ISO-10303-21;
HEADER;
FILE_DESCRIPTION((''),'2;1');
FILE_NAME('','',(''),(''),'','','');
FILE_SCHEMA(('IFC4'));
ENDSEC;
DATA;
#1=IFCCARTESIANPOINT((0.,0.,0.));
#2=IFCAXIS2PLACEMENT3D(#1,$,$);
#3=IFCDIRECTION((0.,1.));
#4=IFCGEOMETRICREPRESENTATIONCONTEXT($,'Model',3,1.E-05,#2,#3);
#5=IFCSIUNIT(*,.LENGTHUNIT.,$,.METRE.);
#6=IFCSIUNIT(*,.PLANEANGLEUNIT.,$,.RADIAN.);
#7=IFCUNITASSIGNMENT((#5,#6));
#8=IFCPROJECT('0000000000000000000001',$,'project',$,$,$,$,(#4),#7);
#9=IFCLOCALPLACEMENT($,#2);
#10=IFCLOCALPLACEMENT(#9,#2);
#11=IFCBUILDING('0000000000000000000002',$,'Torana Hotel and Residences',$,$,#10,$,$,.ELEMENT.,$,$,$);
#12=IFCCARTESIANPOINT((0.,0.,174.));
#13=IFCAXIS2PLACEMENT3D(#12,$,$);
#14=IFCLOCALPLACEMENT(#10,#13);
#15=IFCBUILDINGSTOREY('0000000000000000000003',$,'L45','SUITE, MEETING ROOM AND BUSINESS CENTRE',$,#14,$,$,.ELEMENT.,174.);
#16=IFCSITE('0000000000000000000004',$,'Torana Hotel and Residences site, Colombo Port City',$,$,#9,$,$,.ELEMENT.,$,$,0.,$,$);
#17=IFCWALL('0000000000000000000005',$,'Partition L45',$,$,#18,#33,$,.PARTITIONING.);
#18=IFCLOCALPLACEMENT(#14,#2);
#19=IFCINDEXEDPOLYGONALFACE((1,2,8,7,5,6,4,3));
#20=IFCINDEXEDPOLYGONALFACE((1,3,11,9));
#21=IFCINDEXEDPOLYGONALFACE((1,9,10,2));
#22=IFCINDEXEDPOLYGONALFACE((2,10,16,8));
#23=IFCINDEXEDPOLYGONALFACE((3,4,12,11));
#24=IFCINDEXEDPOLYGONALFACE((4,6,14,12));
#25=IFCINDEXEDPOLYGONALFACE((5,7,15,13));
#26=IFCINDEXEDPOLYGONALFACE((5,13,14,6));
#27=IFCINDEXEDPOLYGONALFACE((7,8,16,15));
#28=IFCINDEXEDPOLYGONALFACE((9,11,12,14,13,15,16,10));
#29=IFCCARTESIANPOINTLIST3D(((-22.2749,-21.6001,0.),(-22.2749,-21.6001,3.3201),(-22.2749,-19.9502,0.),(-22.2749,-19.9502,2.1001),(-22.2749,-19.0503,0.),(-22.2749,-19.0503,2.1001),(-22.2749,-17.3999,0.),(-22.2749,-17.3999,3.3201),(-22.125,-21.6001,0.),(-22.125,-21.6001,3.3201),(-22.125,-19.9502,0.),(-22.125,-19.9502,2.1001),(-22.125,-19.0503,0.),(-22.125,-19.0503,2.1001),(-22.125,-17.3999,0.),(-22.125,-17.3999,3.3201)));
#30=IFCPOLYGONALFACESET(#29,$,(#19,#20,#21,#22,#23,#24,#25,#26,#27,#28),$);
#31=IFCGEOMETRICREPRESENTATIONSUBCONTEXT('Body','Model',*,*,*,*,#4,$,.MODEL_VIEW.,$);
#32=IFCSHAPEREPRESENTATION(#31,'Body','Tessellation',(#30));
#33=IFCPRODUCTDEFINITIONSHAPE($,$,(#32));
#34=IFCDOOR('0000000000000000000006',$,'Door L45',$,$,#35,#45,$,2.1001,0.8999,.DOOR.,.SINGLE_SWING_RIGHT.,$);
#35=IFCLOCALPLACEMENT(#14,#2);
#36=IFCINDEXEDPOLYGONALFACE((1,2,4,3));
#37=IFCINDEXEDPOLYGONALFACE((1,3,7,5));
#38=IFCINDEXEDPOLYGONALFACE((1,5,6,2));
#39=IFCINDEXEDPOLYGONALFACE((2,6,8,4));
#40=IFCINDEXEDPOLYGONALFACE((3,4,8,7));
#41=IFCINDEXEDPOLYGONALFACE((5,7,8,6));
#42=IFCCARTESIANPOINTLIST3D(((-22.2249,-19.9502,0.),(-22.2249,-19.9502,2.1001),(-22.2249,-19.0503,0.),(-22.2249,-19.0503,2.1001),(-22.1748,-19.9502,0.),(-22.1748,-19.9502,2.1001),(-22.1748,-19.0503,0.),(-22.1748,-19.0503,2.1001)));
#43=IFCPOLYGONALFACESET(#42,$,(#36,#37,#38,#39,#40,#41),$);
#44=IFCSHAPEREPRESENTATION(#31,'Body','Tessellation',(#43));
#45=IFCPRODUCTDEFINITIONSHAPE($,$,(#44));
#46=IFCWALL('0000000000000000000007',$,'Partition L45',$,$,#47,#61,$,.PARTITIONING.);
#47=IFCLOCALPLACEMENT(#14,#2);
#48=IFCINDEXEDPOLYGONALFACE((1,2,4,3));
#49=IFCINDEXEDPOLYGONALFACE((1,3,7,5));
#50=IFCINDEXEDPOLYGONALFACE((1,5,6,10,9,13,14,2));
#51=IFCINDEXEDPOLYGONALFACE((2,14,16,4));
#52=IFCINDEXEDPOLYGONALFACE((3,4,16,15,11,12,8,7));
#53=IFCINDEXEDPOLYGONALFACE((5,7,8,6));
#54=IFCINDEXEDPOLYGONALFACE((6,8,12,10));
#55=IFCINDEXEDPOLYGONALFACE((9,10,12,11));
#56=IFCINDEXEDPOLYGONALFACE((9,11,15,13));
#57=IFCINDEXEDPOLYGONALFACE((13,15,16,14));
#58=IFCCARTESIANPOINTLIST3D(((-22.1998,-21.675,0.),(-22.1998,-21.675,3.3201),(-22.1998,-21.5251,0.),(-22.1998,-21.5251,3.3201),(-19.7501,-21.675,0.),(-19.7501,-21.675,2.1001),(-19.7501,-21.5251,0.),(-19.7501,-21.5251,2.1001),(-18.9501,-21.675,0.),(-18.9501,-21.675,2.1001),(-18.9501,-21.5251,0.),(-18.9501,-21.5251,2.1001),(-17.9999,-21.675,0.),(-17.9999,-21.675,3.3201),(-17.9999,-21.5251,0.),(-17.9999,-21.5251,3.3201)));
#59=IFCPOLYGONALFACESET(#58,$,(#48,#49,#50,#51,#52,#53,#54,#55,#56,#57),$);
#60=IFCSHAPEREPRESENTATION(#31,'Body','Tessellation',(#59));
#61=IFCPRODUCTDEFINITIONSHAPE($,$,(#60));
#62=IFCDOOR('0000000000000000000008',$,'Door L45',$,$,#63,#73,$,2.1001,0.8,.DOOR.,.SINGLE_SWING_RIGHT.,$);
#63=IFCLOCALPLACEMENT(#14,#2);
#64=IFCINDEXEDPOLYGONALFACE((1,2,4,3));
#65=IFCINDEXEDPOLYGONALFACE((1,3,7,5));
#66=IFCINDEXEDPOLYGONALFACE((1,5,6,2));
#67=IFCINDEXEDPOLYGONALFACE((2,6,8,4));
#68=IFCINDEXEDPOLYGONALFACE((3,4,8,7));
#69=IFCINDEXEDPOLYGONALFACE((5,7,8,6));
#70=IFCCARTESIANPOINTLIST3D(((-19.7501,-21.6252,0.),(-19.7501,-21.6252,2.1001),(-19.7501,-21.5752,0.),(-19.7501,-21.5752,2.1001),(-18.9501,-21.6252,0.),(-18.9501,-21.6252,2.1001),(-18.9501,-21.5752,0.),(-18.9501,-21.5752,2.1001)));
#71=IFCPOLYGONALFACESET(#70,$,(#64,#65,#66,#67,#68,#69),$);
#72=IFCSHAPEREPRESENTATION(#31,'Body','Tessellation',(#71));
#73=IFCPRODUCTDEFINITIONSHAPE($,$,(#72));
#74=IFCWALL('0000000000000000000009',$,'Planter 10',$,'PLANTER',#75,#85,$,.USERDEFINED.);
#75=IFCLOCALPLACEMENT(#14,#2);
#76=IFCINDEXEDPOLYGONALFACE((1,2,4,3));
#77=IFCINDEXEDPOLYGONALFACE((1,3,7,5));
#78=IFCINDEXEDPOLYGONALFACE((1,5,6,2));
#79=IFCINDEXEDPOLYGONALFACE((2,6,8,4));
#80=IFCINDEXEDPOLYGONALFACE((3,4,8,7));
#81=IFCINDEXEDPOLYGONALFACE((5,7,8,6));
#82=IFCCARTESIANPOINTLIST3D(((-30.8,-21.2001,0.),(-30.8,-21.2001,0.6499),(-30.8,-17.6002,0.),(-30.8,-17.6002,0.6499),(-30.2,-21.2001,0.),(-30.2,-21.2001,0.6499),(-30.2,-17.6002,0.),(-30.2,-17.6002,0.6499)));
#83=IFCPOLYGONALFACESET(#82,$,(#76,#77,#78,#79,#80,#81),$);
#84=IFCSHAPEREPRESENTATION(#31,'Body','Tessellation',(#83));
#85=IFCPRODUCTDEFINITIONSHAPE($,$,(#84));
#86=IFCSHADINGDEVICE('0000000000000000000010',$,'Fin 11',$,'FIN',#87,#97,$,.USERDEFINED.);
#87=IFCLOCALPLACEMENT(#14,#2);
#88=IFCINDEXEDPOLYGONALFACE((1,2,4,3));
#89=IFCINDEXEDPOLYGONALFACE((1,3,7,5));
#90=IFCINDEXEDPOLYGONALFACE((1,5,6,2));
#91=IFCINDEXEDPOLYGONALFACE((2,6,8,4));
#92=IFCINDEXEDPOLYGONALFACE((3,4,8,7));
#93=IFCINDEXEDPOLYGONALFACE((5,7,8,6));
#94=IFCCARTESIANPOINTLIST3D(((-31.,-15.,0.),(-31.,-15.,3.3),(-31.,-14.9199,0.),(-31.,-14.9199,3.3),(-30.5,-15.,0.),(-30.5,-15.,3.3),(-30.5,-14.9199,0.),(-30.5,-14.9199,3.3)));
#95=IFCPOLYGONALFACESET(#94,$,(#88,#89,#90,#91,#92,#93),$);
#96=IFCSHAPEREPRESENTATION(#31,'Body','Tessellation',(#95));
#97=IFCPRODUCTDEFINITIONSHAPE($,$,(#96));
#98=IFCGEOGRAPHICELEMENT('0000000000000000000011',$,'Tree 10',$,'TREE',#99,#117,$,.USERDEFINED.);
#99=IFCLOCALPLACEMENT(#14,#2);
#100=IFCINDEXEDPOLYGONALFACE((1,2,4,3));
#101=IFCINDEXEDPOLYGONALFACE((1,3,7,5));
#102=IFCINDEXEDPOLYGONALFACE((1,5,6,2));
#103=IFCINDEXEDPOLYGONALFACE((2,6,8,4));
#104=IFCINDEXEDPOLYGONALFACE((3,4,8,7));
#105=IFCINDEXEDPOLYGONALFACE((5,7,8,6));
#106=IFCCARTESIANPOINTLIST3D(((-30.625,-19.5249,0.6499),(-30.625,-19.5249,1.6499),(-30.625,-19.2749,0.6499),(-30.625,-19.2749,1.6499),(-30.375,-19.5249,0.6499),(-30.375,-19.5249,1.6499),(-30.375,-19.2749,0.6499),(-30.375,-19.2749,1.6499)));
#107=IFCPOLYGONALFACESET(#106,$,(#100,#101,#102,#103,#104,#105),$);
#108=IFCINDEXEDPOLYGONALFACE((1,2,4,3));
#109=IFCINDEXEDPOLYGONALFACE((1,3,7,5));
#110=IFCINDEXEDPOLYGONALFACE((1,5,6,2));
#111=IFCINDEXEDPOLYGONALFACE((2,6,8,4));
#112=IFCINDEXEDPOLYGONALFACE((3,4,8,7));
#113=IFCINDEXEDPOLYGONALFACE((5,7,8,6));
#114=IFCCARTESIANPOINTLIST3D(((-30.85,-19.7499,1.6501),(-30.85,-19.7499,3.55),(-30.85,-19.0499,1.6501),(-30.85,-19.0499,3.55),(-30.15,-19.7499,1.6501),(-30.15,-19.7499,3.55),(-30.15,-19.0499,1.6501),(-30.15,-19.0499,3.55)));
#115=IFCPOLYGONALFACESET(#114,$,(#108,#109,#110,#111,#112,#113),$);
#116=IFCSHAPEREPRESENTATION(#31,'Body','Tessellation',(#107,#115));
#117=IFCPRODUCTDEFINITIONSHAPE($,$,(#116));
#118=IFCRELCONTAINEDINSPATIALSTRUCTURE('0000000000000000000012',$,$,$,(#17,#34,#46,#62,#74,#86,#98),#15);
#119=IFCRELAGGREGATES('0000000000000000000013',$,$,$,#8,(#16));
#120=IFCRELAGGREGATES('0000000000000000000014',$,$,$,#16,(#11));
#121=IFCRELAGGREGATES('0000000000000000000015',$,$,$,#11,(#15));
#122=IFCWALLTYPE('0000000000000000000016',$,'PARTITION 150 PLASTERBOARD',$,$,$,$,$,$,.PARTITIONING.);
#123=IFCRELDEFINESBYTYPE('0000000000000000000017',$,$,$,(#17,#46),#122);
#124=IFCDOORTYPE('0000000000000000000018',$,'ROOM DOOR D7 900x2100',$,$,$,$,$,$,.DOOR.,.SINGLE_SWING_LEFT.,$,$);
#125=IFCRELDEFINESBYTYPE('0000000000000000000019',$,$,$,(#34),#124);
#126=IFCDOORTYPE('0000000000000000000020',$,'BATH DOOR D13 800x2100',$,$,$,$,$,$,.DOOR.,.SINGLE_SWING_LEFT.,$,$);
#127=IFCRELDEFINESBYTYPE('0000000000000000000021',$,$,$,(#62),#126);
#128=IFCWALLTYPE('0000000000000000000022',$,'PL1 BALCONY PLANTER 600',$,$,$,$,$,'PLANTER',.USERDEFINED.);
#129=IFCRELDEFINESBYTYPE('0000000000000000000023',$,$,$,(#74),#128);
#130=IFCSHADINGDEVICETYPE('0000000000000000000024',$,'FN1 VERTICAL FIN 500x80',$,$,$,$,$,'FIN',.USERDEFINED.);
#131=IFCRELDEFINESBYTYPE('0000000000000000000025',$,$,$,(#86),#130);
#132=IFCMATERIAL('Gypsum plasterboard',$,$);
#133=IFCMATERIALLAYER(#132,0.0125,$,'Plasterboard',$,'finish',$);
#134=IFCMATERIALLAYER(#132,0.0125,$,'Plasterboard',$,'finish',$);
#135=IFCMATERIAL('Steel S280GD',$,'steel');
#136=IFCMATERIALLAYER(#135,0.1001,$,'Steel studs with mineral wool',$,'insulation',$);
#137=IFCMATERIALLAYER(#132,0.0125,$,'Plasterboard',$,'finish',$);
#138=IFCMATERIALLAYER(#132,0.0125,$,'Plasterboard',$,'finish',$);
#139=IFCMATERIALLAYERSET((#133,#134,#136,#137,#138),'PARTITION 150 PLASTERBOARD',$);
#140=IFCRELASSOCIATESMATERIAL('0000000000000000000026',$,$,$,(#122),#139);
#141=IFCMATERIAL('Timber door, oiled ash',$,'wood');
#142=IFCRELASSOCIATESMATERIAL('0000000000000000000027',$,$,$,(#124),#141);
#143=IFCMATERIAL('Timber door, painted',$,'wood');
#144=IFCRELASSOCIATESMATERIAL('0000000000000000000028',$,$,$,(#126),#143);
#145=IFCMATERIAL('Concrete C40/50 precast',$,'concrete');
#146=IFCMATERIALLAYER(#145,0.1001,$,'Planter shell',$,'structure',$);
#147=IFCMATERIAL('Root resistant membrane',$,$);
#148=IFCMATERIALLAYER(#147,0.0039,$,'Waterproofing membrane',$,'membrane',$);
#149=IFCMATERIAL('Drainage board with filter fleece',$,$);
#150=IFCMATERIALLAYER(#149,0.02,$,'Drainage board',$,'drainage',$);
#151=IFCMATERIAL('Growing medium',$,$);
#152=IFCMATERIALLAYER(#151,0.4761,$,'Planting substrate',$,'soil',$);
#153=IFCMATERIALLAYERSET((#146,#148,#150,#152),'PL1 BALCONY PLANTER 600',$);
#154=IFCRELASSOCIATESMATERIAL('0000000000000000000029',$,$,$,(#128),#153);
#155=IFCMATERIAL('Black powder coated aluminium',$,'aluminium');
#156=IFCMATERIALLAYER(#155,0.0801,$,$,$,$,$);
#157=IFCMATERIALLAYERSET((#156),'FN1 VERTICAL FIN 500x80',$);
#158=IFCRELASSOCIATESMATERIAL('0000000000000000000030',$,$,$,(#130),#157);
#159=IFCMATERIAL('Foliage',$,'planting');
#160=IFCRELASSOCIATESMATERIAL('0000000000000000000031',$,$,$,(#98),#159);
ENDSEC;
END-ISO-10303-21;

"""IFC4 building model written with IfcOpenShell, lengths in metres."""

from ifc_helpers import new_model, si_unit, direction, frame, frame_2d, origin, origin_2d, place, context, subcontext, project, spatial, rectangle, extrude, material, layer, layer_set, type_object, element, fill, save


model = new_model("IFC4")

# Units and contexts
model_context = context("Model", 3, precision=1e-05, world=origin(), true_north=direction((0.0, 1.0)))
body_context = subcontext(model_context, "Body", "Model", "MODEL_VIEW")
ifc_project = project(units=[si_unit("LENGTHUNIT", "METRE"), si_unit("PLANEANGLEUNIT", "RADIAN")], contexts=[model_context])

# Site, building, storey
site_placement = place(None, origin())
site = spatial("IfcSite", under=ifc_project, at=site_placement, Name="Torana Hotel and Residences site, Colombo Port City", CompositionType="ELEMENT", RefElevation=0.0)
building_placement = place(site_placement, origin())
building = spatial("IfcBuilding", under=site, at=building_placement, Name="Torana Hotel and Residences", CompositionType="ELEMENT")
storey_placement = place(building_placement, frame((0.0, 0.0, 174.0)))
storey = spatial("IfcBuildingStorey", under=building, at=storey_placement, Name="L45", Description="SUITE, MEETING ROOM AND BUSINESS CENTRE", CompositionType="ELEMENT", Elevation=174.0)

# Shared definitions
ifc_material_1 = material(Name="Gypsum plasterboard")
ifc_layer_1 = layer(ifc_material_1, 0.0125, Name="Plasterboard", Category="finish")
ifc_layer_2 = layer(ifc_material_1, 0.0125, Name="Plasterboard", Category="finish")
ifc_material_2 = material(Name="Steel S280GD", Category="steel")
ifc_layer_3 = layer(ifc_material_2, 0.1001, Name="Steel studs with mineral wool", Category="insulation")
ifc_layer_4 = layer(ifc_material_1, 0.0125, Name="Plasterboard", Category="finish")
ifc_layer_5 = layer(ifc_material_1, 0.0125, Name="Plasterboard", Category="finish")
ifc_layer_set_1 = layer_set([ifc_layer_1, ifc_layer_2, ifc_layer_3, ifc_layer_4, ifc_layer_5], Name="PARTITION 150 PLASTERBOARD")
wall_type_1 = type_object("IfcWallType", Name="PARTITION 150 PLASTERBOARD", PredefinedType="PARTITIONING", material=ifc_layer_set_1)

# Walls, openings, doors
wall_1_placement = place(storey_placement, frame((-22.2, -21.6001, 0.0), z_axis=(0.0, 0.0, 1.0), x_axis=(0.0, 1.0, 0.0)))
wall_1 = element("IfcWall", 1, at=wall_1_placement, inside=storey, type_object=wall_type_1, Name="Partition L45", PredefinedType="PARTITIONING", context=body_context, shape_type="SweptSolid", body=[
    extrude(rectangle(XDim=4.2002, YDim=0.1499, at=frame_2d((2.1001, 0.0))), origin(), (0.0, 0.0, 1.0), 3.3201),
])
opening_1_placement = place(wall_1_placement, frame((1.6499, 0.0, 0.0)))
opening_1 = element("IfcOpeningElement", 2, at=opening_1_placement, cuts=wall_1, PredefinedType="OPENING", context=body_context, shape_type="SweptSolid", body=[
    extrude(rectangle(XDim=0.8999, YDim=2.1001, at=frame_2d((0.45, 1.05))), frame((0.0, 0.085, 0.0), z_axis=(0.0, -1.0, 0.0), x_axis=(1.0, 0.0, 0.0)), (0.0, 0.0, 1.0), 0.1699),
])
ifc_material_3 = material(Name="Timber door, oiled ash", Category="wood")
door_type_1 = type_object("IfcDoorType", Name="ROOM DOOR D7 900x2100", OperationType="SINGLE_SWING_LEFT", PredefinedType="DOOR", material=ifc_material_3)
door_1_placement = place(opening_1_placement, origin())
door_1 = element("IfcDoor", 3, at=door_1_placement, inside=storey, type_object=door_type_1, Name="Door L45", OperationType="SINGLE_SWING_RIGHT", OverallHeight=2.1001, OverallWidth=0.8999, PredefinedType="DOOR", context=body_context, shape_type="SweptSolid", body=[
    extrude(rectangle(XDim=0.8999, YDim=2.1001, at=frame_2d((0.45, 1.05))), frame((0.0, 0.0249, 0.0), z_axis=(0.0, -1.0, 0.0), x_axis=(1.0, 0.0, 0.0)), (0.0, 0.0, 1.0), 0.05),
])
fill(opening_1, door_1)
wall_2_placement = place(storey_placement, frame((-22.2, -21.6001, 0.0), z_axis=(0.0, 0.0, 1.0), x_axis=(1.0, 0.0, 0.0)))
wall_2 = element("IfcWall", 4, at=wall_2_placement, inside=storey, type_object=wall_type_1, Name="Partition L45", PredefinedType="PARTITIONING", context=body_context, shape_type="SweptSolid", body=[
    extrude(rectangle(XDim=4.2, YDim=0.1499, at=frame_2d((2.1001, 0.0))), origin(), (0.0, 0.0, 1.0), 3.3201),
])
opening_2_placement = place(wall_2_placement, frame((2.45, 0.0, 0.0)))
opening_2 = element("IfcOpeningElement", 5, at=opening_2_placement, cuts=wall_2, PredefinedType="OPENING", context=body_context, shape_type="SweptSolid", body=[
    extrude(rectangle(XDim=0.8, YDim=2.1001, at=frame_2d((0.3999, 1.05))), frame((0.0, 0.085, 0.0), z_axis=(0.0, -1.0, 0.0), x_axis=(1.0, 0.0, 0.0)), (0.0, 0.0, 1.0), 0.1699),
])
ifc_material_4 = material(Name="Timber door, painted", Category="wood")
door_type_2 = type_object("IfcDoorType", Name="BATH DOOR D13 800x2100", OperationType="SINGLE_SWING_LEFT", PredefinedType="DOOR", material=ifc_material_4)
door_2_placement = place(opening_2_placement, origin())
door_2 = element("IfcDoor", 6, at=door_2_placement, inside=storey, type_object=door_type_2, Name="Door L45", OperationType="SINGLE_SWING_RIGHT", OverallHeight=2.1001, OverallWidth=0.8, PredefinedType="DOOR", context=body_context, shape_type="SweptSolid", body=[
    extrude(rectangle(XDim=0.8, YDim=2.1001, at=frame_2d((0.3999, 1.05))), frame((0.0, 0.0249, 0.0), z_axis=(0.0, -1.0, 0.0), x_axis=(1.0, 0.0, 0.0)), (0.0, 0.0, 1.0), 0.05),
])
fill(opening_2, door_2)

# Wall
ifc_material_5 = material(Name="Concrete C40/50 precast", Category="concrete")
ifc_layer_6 = layer(ifc_material_5, 0.1001, Name="Planter shell", Category="structure")
ifc_material_6 = material(Name="Root resistant membrane")
ifc_layer_7 = layer(ifc_material_6, 0.0039, Name="Waterproofing membrane", Category="membrane")
ifc_material_7 = material(Name="Drainage board with filter fleece")
ifc_layer_8 = layer(ifc_material_7, 0.02, Name="Drainage board", Category="drainage")
ifc_material_8 = material(Name="Growing medium")
ifc_layer_9 = layer(ifc_material_8, 0.4761, Name="Planting substrate", Category="soil")
ifc_layer_set_2 = layer_set([ifc_layer_6, ifc_layer_7, ifc_layer_8, ifc_layer_9], Name="PL1 BALCONY PLANTER 600")
wall_type_2 = type_object("IfcWallType", Name="PL1 BALCONY PLANTER 600", ElementType="PLANTER", PredefinedType="USERDEFINED", material=ifc_layer_set_2)
wall_3_placement = place(storey_placement, frame((-30.5, -21.2, 0.0), z_axis=(0.0, 0.0, 1.0), x_axis=(0.0, 1.0, 0.0)))
element("IfcWall", 7, at=wall_3_placement, inside=storey, type_object=wall_type_2, Name="Planter 10", ObjectType="PLANTER", PredefinedType="USERDEFINED", context=body_context, shape_type="SweptSolid", body=[
    extrude(rectangle(XDim=3.5999, YDim=0.6001, at=frame_2d((1.7998, 0.0))), origin(), (0.0, 0.0, 1.0), 0.6499),
])

# Shading device
ifc_material_9 = material(Name="Black powder coated aluminium", Category="aluminium")
ifc_layer_10 = layer(ifc_material_9, 0.0801)
ifc_layer_set_3 = layer_set([ifc_layer_10], Name="FN1 VERTICAL FIN 500x80")
shading_device_type = type_object("IfcShadingDeviceType", Name="FN1 VERTICAL FIN 500x80", ElementType="FIN", PredefinedType="USERDEFINED", material=ifc_layer_set_3)
shading_device_placement = place(storey_placement, frame((-30.75, -14.96, 0.0), z_axis=(0.0, 0.0, 1.0), x_axis=(0.0, 1.0, 0.0)))
element("IfcShadingDevice", 8, at=shading_device_placement, inside=storey, type_object=shading_device_type, Name="Fin 11", ObjectType="FIN", PredefinedType="USERDEFINED", context=body_context, shape_type="SweptSolid", body=[
    extrude(rectangle(XDim=0.0801, YDim=0.5, at=origin_2d()), origin(), (0.0, 0.0, 1.0), 3.3),
])

# Geographic element
ifc_material_10 = material(Name="Foliage", Category="planting")
geographic_element_placement = place(storey_placement, frame((-30.5, -19.3999, 0.6499), z_axis=(0.0, 0.0, 1.0), x_axis=(1.0, 0.0, 0.0)))
element("IfcGeographicElement", 9, at=geographic_element_placement, inside=storey, material=ifc_material_10, Name="Tree 10", ObjectType="TREE", PredefinedType="USERDEFINED", context=body_context, shape_type="SweptSolid", body=[
    extrude(rectangle(XDim=0.25, YDim=0.25, at=origin_2d()), origin(), (0.0, 0.0, 1.0), 1.0),
    extrude(rectangle(XDim=0.7, YDim=0.7, at=origin_2d()), frame((0.0, 0.0, 1.0002)), (0.0, 0.0, 1.0), 1.8999),
])

save(model, "model.ifc")
